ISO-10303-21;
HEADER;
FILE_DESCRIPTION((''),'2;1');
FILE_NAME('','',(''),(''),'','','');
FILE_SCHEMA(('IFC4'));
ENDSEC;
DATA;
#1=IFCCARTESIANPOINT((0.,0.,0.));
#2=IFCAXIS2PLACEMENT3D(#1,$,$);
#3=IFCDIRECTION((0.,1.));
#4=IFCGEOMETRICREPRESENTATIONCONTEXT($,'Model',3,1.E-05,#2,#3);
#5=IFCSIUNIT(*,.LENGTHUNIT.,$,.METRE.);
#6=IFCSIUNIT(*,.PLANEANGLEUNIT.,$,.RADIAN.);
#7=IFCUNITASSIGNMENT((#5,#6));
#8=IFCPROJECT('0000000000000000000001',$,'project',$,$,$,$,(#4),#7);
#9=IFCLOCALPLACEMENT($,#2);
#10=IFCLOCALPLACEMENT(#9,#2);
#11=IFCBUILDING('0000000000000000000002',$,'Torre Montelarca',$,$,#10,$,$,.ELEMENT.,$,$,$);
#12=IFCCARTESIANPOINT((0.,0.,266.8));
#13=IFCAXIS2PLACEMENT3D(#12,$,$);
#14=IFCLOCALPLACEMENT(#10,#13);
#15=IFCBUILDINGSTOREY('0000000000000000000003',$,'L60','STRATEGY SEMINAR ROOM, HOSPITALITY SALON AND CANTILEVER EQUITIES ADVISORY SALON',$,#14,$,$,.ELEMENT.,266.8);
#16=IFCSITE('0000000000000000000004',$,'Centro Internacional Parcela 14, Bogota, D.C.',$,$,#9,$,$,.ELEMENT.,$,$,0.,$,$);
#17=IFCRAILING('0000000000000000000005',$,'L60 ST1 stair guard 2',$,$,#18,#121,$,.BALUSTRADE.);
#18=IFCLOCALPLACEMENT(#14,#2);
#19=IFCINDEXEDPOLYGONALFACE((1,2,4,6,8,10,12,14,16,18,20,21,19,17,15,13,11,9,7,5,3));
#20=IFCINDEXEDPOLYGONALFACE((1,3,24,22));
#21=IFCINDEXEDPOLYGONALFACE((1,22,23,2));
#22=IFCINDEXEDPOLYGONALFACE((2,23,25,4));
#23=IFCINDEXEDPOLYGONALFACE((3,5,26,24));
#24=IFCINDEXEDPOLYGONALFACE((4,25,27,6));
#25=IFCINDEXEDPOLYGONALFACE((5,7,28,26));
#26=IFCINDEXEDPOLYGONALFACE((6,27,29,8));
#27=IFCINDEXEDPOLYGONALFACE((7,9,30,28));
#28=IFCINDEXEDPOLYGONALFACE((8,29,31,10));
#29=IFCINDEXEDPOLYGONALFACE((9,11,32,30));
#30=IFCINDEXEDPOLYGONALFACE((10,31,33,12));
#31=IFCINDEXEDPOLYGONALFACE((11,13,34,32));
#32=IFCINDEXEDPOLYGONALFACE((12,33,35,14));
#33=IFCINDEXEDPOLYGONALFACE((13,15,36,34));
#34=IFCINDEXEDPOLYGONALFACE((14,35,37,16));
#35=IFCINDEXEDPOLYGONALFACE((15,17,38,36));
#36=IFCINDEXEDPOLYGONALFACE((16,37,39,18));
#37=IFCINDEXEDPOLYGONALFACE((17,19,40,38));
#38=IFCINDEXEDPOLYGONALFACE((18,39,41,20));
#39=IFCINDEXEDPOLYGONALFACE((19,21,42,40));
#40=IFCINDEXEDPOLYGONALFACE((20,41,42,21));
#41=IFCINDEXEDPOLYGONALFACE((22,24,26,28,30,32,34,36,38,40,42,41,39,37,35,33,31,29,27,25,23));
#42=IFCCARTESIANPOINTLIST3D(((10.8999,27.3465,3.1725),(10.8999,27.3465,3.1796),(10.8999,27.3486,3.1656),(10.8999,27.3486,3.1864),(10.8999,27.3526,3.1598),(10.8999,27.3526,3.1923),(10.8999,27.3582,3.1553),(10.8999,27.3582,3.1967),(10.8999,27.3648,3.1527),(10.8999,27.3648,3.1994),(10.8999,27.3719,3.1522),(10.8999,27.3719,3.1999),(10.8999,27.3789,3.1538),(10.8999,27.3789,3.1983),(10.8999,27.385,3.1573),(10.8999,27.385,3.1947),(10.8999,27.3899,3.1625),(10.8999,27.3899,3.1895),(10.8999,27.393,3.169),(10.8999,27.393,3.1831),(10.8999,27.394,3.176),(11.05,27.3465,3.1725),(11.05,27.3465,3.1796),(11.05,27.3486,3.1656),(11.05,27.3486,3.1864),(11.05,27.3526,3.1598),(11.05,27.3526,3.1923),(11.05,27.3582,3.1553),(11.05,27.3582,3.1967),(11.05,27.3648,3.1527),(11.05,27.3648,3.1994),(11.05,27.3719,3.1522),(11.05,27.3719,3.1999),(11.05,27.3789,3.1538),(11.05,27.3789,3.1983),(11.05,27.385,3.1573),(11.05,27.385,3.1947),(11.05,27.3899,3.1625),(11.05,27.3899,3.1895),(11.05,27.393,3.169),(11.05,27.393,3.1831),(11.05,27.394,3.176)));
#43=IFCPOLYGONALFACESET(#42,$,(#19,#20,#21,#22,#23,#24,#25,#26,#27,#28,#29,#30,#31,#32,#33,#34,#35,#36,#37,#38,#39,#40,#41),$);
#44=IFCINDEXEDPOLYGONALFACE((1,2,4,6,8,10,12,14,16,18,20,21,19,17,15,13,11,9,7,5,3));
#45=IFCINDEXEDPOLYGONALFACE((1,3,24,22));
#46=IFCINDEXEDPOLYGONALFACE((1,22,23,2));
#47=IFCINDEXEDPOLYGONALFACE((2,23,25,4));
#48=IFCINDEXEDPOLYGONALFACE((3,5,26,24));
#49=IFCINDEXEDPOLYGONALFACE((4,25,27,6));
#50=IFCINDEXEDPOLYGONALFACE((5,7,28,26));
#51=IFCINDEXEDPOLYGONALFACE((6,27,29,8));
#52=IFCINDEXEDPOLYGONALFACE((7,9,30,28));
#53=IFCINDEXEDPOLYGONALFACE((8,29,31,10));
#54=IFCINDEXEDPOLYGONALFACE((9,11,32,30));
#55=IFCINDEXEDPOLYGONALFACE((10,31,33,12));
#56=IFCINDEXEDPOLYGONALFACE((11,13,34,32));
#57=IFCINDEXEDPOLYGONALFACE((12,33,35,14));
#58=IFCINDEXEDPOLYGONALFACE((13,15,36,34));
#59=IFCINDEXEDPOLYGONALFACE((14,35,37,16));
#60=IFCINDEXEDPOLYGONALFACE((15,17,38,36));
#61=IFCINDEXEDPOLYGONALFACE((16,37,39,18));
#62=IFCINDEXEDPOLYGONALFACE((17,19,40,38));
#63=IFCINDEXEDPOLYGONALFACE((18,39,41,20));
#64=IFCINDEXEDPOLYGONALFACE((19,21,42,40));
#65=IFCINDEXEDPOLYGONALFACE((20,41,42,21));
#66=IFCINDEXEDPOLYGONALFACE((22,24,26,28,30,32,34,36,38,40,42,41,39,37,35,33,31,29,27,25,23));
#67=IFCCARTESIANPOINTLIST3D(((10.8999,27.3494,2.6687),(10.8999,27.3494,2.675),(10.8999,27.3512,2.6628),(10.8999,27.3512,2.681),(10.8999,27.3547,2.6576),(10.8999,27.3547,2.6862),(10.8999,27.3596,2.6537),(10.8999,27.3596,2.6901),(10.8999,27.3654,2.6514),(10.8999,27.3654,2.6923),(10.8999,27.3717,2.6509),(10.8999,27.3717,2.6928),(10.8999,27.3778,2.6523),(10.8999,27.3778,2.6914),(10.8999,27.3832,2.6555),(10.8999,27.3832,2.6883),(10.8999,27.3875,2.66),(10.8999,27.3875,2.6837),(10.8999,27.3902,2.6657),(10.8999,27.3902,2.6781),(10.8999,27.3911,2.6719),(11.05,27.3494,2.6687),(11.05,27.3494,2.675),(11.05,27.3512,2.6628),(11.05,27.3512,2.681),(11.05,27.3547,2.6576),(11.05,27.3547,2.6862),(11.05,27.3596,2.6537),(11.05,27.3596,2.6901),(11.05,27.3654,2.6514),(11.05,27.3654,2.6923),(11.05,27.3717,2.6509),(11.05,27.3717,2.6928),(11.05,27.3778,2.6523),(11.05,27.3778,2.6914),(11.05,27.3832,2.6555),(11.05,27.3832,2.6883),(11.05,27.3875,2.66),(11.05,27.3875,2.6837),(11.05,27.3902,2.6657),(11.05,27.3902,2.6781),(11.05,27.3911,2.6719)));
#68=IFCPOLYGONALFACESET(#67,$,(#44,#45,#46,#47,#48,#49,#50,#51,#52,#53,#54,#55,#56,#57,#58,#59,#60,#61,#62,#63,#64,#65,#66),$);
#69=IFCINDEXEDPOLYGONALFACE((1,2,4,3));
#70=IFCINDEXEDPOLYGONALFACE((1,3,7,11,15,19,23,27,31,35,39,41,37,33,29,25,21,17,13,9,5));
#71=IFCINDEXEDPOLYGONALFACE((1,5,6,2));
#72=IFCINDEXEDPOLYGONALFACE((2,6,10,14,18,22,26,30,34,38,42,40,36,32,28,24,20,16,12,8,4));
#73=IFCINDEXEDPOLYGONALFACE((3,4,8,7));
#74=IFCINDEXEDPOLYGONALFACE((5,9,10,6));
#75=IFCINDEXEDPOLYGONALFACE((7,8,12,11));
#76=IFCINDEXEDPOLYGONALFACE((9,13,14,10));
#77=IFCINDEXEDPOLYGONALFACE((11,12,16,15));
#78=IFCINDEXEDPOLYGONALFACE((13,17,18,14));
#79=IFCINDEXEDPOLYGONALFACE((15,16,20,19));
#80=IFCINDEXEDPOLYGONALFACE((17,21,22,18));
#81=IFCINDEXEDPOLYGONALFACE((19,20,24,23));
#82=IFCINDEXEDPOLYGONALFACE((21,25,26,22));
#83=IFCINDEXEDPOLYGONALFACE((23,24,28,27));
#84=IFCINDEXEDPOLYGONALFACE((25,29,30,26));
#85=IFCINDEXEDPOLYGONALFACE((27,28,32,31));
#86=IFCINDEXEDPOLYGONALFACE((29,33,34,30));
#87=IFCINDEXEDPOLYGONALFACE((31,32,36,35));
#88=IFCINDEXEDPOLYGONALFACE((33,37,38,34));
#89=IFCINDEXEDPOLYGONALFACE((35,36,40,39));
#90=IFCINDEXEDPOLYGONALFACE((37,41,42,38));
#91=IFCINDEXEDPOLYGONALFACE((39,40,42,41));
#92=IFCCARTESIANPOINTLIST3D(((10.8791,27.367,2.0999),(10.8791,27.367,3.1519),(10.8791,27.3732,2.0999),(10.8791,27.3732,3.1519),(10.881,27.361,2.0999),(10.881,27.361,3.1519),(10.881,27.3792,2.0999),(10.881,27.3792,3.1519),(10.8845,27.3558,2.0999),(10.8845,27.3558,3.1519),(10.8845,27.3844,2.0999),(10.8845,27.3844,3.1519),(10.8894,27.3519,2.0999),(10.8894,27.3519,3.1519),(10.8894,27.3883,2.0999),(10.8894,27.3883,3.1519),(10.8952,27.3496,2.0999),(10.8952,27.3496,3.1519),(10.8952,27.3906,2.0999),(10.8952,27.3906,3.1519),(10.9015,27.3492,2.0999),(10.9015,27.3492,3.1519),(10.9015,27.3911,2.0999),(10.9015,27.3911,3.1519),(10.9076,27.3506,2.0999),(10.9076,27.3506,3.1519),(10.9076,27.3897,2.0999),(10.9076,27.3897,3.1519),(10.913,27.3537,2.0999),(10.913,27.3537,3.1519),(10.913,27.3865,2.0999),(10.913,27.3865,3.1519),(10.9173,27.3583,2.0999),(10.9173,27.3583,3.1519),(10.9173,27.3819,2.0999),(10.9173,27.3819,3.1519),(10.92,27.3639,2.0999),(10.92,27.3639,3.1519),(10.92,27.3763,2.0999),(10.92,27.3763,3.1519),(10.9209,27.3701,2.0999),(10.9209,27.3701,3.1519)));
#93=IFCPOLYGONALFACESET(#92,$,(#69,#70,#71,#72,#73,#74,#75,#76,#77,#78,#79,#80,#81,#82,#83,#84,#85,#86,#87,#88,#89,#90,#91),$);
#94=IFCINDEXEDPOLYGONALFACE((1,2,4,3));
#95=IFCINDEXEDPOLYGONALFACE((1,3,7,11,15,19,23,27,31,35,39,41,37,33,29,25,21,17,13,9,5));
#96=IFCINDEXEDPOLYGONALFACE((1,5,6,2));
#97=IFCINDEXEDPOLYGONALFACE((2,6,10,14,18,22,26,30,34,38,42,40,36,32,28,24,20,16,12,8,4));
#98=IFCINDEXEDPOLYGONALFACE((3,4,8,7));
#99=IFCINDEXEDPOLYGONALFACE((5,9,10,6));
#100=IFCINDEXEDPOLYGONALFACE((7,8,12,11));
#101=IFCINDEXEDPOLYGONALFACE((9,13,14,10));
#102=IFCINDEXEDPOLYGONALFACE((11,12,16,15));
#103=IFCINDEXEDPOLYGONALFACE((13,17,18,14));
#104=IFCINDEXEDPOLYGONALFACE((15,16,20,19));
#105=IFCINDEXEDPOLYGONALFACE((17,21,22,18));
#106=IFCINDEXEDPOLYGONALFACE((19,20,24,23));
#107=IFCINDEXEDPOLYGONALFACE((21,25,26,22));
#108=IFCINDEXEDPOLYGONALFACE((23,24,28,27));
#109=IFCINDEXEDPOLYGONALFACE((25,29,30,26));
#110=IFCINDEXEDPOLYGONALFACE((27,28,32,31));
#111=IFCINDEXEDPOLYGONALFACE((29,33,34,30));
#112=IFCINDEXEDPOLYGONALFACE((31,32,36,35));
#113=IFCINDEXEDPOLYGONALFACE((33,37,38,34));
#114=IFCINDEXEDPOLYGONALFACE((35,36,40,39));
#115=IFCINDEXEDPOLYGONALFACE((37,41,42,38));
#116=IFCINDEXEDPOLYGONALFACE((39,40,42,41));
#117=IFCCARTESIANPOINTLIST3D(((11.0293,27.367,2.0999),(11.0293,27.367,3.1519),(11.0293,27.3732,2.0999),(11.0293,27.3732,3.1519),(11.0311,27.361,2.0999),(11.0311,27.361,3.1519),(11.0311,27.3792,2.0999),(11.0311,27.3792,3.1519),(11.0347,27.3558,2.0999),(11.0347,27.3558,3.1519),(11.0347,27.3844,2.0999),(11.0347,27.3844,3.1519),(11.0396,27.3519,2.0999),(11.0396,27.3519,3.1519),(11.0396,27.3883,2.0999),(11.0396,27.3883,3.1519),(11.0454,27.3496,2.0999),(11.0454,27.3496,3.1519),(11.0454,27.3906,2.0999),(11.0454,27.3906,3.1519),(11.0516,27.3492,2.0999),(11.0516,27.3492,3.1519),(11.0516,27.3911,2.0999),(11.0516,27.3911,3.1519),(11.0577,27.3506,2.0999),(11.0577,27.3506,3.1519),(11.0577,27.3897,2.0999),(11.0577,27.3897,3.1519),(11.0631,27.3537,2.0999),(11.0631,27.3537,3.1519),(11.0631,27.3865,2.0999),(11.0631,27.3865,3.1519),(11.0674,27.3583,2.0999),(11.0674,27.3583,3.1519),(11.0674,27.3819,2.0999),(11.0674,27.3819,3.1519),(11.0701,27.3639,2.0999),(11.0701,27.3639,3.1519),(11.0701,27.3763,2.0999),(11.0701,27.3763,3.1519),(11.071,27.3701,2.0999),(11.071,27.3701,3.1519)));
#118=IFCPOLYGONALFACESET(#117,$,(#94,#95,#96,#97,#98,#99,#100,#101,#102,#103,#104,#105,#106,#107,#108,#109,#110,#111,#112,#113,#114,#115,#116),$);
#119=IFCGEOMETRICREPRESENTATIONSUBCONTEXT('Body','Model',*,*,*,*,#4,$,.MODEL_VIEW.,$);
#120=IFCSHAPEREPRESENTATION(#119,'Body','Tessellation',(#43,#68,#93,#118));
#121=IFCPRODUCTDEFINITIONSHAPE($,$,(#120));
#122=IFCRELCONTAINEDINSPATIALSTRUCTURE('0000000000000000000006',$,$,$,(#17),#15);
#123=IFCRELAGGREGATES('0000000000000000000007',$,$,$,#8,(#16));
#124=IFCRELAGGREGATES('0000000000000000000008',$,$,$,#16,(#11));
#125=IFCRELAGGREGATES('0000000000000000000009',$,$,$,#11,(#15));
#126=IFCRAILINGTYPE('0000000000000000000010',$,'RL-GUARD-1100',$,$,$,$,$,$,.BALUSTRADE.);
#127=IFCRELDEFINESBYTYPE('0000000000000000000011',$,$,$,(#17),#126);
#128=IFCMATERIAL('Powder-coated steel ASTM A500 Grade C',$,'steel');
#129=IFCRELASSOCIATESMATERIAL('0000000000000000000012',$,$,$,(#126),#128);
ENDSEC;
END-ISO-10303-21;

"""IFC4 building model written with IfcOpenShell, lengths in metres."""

from ifc_helpers import new_model, si_unit, direction, frame, origin, origin_2d, place, context, subcontext, project, spatial, circle, extrude, material, type_object, element, save


model = new_model("IFC4")

# Units and contexts
model_context = context("Model", 3, precision=1e-05, world=origin(), true_north=direction((0.0, 1.0)))
body_context = subcontext(model_context, "Body", "Model", "MODEL_VIEW")
ifc_project = project(units=[si_unit("LENGTHUNIT", "METRE"), si_unit("PLANEANGLEUNIT", "RADIAN")], contexts=[model_context])

# Site, building, storey
site_placement = place(None, origin())
site = spatial("IfcSite", under=ifc_project, at=site_placement, Name="Centro Internacional Parcela 14, Bogota, D.C.", CompositionType="ELEMENT", RefElevation=0.0)
building_placement = place(site_placement, origin())
building = spatial("IfcBuilding", under=site, at=building_placement, Name="Torre Montelarca", CompositionType="ELEMENT")
storey_placement = place(building_placement, frame((0.0, 0.0, 266.8)))
storey = spatial("IfcBuildingStorey", under=building, at=storey_placement, Name="L60", Description="STRATEGY SEMINAR ROOM, HOSPITALITY SALON AND CANTILEVER EQUITIES ADVISORY SALON", CompositionType="ELEMENT", Elevation=266.8)

# Railing
ifc_material_1 = material(Name="Powder-coated steel ASTM A500 Grade C", Category="steel")
railing_type_1 = type_object("IfcRailingType", Name="RL-GUARD-1100", PredefinedType="BALUSTRADE", material=ifc_material_1)
railing_1_placement = place(storey_placement, frame((10.8999, 27.3701, 2.0999)))
element("IfcRailing", 1, at=railing_1_placement, inside=storey, type_object=railing_type_1, Name="L60 ST1 stair guard 2", PredefinedType="BALUSTRADE", context=body_context, shape_type="SweptSolid", body=[
    extrude(circle(Radius=0.0239, at=origin_2d()), frame((0.0, 0.0, 1.0762), z_axis=(1.0, 0.0, 0.0), x_axis=(0.0, 1.0, 0.0)), (0.0, 0.0, 1.0), 0.1501),
    extrude(circle(Radius=0.021, at=origin_2d()), frame((0.0, 0.0, 0.572), z_axis=(1.0, 0.0, 0.0), x_axis=(0.0, 1.0, 0.0)), (0.0, 0.0, 1.0), 0.1501),
    extrude(circle(Radius=0.021, at=origin_2d()), origin(), (0.0, 0.0, 1.0), 1.052),
    extrude(circle(Radius=0.021, at=origin_2d()), frame((0.1501, 0.0, 0.0)), (0.0, 0.0, 1.0), 1.052),
])

save(model, "model.ifc")
